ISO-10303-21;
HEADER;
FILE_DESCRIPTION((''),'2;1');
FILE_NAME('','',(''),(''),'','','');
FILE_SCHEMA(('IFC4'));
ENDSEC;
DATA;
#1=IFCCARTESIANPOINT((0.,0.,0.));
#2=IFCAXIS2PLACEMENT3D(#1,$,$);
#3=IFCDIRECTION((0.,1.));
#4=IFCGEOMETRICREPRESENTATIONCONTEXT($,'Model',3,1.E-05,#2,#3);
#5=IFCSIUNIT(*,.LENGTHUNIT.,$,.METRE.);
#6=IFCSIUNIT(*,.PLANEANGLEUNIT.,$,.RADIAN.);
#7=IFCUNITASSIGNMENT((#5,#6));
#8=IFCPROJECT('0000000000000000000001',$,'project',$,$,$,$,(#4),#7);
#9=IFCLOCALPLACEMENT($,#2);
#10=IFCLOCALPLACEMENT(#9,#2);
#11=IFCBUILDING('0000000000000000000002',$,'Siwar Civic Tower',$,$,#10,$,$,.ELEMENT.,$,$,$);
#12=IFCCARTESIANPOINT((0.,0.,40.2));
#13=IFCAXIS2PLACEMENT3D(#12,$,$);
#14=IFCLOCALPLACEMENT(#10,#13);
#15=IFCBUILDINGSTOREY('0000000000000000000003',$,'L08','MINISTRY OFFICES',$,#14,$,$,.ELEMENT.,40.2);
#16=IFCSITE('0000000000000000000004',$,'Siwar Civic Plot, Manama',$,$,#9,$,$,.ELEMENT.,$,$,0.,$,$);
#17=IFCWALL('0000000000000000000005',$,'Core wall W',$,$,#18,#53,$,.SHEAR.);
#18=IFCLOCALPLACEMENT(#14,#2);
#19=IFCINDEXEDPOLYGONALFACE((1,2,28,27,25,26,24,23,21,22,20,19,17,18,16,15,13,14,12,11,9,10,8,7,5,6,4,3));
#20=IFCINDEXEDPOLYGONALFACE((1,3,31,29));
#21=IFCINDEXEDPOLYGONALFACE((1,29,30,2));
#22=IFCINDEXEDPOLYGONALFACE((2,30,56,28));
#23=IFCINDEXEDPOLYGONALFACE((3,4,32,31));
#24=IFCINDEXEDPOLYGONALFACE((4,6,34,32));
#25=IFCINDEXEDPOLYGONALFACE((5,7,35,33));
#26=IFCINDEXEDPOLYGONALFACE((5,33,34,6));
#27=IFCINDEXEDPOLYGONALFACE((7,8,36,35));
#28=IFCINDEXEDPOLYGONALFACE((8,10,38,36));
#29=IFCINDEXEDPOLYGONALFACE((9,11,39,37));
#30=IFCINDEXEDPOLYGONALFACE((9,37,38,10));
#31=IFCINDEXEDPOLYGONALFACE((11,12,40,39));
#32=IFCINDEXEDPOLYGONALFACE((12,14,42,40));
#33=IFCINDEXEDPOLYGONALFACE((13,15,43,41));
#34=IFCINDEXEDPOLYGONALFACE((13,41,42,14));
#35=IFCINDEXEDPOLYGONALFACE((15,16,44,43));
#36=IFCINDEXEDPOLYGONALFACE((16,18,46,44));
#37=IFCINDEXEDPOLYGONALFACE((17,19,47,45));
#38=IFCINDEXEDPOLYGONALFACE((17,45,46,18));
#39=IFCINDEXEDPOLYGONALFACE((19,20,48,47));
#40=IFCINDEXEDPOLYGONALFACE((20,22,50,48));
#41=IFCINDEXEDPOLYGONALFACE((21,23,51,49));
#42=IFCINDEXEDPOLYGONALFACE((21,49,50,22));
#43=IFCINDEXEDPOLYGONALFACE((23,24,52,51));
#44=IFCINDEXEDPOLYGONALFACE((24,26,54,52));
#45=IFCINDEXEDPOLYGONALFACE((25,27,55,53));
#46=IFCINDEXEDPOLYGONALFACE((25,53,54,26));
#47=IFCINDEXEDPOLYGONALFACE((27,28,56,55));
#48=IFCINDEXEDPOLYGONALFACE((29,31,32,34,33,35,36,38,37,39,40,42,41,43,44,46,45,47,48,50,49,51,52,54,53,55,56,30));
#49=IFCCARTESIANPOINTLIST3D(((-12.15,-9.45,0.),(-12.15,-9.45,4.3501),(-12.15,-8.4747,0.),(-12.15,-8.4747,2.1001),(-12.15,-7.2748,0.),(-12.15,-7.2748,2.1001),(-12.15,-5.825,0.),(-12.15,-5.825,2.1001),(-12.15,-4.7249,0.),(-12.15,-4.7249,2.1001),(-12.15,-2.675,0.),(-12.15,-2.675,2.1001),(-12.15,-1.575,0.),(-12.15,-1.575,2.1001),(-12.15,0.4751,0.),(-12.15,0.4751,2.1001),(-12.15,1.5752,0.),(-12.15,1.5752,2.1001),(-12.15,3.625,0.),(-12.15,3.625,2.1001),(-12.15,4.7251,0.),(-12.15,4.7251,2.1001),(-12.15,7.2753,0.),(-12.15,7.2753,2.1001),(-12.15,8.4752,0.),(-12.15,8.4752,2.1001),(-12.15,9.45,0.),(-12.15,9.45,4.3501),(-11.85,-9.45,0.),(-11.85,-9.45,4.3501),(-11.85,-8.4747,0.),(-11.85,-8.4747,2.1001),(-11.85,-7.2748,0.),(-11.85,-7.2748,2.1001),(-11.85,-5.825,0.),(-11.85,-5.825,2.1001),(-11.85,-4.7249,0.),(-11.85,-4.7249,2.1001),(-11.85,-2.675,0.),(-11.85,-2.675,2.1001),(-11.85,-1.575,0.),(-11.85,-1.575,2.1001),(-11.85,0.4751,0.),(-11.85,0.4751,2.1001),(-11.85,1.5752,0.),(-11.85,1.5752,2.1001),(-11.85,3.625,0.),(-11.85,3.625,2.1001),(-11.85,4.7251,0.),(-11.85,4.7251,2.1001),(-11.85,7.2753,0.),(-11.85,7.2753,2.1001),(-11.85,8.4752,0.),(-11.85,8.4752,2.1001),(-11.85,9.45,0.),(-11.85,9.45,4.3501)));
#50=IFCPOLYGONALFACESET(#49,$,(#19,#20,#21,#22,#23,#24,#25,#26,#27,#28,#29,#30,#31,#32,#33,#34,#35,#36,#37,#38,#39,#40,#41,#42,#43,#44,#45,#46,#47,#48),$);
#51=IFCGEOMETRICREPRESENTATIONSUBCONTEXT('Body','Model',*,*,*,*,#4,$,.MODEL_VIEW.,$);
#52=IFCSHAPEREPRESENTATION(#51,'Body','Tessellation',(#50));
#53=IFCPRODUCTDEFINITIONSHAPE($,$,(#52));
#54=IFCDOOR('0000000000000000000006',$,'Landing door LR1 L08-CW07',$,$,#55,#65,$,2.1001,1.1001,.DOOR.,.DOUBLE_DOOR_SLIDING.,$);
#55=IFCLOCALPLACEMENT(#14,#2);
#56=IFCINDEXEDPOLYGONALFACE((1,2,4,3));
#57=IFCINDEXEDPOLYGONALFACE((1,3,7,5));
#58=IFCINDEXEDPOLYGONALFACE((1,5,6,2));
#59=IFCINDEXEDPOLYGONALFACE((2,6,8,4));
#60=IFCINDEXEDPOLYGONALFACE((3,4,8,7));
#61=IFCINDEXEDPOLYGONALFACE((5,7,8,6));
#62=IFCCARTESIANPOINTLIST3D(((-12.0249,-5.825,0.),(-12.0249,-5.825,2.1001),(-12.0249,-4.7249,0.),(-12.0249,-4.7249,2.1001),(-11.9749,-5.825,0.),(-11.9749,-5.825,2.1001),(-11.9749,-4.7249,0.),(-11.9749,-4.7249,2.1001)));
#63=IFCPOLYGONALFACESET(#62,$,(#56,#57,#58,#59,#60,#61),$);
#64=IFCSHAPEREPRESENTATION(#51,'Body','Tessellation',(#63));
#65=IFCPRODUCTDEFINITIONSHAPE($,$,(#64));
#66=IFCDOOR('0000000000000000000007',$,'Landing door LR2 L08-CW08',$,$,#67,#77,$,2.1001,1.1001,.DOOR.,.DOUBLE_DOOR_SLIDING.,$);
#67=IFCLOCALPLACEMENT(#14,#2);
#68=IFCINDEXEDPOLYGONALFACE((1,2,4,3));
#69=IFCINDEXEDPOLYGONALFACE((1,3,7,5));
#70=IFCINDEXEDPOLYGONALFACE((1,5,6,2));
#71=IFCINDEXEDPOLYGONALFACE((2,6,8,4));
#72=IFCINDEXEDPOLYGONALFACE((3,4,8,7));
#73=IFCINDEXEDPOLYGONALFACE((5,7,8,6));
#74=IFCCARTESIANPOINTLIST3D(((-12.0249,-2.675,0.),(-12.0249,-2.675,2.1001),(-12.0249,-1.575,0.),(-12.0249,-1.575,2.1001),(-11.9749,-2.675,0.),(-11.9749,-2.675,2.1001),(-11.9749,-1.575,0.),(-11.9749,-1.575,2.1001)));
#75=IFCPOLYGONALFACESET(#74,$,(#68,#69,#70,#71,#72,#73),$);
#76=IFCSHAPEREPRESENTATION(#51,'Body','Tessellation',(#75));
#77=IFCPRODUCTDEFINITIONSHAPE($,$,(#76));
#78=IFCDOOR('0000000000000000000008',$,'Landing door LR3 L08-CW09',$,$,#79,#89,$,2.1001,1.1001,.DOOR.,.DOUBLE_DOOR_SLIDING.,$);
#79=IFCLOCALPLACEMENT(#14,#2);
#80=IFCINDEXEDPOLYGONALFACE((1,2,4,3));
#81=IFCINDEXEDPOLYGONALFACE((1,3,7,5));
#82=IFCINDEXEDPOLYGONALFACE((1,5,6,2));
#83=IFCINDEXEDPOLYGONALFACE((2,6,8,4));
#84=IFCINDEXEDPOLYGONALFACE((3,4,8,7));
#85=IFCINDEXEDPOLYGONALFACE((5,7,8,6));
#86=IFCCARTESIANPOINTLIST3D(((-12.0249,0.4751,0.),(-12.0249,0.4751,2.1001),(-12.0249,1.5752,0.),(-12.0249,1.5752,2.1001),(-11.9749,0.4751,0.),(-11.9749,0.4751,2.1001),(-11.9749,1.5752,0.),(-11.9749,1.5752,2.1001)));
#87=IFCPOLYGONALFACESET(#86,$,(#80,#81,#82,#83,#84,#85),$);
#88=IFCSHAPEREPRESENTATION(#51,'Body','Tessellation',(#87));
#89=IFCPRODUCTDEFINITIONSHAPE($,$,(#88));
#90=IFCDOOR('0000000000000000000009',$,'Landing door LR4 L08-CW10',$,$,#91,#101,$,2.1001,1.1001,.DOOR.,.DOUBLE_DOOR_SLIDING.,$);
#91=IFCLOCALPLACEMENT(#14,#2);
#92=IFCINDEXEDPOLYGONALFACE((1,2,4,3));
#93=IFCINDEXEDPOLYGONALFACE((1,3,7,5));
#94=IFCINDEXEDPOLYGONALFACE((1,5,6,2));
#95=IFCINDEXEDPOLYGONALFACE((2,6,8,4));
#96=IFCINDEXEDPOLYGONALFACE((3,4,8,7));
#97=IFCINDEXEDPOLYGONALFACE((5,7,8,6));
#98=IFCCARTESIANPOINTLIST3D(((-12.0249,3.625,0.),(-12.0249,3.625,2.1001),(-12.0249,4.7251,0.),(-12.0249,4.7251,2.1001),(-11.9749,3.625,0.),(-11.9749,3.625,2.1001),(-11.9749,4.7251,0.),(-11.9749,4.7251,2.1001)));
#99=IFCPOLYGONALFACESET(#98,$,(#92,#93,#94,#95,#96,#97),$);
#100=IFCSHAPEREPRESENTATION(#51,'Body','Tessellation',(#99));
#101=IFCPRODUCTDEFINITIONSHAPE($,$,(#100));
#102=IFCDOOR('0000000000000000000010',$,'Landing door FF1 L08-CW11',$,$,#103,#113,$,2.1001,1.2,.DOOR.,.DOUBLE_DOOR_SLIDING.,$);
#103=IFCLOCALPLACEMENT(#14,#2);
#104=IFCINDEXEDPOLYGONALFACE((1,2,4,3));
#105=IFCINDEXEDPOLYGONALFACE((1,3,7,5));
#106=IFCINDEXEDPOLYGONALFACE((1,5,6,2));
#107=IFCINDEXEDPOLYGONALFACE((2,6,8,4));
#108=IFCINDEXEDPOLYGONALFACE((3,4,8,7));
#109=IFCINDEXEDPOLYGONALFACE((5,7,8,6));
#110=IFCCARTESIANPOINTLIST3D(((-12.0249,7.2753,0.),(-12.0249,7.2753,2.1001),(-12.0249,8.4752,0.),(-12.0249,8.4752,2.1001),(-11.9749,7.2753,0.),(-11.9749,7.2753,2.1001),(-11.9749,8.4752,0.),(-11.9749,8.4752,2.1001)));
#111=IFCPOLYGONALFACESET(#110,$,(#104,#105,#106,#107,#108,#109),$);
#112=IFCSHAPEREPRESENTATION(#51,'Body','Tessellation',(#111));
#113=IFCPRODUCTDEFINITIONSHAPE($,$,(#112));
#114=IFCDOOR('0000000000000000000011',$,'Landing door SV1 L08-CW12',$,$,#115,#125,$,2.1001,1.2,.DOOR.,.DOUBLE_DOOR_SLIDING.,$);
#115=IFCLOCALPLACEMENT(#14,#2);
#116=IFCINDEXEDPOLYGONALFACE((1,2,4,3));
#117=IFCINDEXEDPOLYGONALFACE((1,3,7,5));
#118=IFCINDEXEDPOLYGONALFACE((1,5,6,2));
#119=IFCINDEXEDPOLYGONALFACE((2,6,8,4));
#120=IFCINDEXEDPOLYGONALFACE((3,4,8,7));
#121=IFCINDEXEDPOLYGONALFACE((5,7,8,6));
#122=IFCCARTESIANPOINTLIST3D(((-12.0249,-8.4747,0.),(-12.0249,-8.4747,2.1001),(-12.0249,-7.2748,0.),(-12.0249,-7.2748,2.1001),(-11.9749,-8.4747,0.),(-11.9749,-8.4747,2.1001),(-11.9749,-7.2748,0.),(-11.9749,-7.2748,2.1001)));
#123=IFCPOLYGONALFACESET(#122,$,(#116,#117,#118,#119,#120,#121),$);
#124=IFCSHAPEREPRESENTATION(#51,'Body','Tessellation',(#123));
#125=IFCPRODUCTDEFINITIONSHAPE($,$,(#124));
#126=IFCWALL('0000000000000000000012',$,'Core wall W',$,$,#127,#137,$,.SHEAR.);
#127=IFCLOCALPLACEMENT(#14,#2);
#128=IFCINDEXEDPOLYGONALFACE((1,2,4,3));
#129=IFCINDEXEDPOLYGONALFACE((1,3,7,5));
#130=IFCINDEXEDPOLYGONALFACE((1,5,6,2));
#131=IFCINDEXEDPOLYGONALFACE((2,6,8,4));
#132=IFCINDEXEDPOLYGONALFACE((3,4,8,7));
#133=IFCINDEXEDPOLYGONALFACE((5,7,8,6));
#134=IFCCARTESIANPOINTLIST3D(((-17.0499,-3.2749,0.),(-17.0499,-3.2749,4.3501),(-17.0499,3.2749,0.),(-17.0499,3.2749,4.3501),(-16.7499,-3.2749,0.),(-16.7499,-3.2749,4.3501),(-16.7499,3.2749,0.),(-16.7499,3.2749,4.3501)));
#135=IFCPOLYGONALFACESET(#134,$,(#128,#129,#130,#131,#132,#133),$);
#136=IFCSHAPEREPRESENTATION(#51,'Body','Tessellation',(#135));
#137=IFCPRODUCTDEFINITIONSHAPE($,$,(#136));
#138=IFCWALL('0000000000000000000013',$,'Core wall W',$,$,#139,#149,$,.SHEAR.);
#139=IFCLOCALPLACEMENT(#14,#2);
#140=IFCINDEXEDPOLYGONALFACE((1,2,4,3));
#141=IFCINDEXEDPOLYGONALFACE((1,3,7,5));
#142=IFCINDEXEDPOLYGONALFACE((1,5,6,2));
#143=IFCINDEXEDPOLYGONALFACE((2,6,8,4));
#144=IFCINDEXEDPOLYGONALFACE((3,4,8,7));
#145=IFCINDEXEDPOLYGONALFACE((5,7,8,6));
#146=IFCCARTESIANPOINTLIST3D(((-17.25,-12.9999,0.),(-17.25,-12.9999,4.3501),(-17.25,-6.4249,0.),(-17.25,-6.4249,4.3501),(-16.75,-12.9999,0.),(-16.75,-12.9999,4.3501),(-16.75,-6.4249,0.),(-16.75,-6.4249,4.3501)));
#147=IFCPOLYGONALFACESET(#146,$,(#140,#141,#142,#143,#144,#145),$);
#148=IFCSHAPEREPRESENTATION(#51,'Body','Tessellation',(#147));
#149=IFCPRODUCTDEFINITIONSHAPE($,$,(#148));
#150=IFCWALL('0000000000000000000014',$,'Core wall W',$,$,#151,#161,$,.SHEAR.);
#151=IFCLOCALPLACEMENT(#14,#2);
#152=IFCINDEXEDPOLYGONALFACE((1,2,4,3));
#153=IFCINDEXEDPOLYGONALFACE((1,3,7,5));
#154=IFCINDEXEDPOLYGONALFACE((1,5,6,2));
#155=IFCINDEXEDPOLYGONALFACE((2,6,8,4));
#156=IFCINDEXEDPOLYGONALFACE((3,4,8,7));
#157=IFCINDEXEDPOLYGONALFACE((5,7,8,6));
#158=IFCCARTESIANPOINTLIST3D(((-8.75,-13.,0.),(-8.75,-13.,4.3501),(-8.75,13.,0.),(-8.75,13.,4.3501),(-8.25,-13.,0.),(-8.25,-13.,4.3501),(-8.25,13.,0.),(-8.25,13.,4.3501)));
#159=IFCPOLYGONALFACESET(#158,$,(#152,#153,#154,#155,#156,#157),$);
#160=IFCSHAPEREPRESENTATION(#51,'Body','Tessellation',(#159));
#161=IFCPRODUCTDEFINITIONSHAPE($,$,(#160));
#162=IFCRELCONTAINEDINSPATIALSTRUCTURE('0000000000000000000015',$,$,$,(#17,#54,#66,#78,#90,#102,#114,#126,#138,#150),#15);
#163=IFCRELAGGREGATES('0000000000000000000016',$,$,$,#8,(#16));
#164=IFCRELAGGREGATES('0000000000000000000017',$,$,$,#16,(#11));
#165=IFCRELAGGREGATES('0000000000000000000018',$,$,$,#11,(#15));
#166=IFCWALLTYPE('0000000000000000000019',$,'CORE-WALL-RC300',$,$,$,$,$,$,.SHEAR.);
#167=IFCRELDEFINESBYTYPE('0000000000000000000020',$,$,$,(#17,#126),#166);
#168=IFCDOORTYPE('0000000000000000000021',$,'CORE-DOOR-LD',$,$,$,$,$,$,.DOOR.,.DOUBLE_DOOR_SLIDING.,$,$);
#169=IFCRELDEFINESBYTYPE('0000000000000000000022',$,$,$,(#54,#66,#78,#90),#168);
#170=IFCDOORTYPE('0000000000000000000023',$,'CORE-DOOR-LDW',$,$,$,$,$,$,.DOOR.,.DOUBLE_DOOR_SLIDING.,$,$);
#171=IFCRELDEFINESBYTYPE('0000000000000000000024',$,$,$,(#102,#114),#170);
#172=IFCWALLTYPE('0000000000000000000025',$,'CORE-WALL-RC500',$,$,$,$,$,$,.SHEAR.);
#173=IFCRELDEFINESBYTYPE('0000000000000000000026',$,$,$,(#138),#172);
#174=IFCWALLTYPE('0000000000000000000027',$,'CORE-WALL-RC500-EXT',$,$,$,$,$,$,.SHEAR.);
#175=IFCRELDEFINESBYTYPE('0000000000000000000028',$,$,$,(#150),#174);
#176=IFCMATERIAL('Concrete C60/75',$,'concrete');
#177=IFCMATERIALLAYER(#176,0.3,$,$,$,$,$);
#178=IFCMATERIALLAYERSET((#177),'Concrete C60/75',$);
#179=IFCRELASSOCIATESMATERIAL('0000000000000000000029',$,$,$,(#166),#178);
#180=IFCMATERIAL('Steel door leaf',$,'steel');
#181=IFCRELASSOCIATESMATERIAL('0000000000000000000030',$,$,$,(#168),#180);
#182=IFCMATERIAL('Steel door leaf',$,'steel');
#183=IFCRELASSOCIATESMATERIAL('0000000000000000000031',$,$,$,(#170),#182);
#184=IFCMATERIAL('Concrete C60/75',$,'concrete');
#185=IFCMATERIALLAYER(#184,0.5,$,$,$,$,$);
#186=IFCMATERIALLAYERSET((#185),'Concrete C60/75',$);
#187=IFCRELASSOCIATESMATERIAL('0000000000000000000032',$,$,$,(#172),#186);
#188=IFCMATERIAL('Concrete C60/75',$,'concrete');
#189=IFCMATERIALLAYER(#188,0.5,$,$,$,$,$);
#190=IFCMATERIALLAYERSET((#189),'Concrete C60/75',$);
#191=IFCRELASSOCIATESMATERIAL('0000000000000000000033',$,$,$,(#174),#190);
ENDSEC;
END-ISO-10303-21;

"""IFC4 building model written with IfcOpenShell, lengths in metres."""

from ifc_helpers import new_model, si_unit, direction, frame, frame_2d, origin, place, context, subcontext, project, spatial, rectangle, extrude, material, layer, layer_set, type_object, element, fill, save


model = new_model("IFC4")

# Units and contexts
model_context = context("Model", 3, precision=1e-05, world=origin(), true_north=direction((0.0, 1.0)))
body_context = subcontext(model_context, "Body", "Model", "MODEL_VIEW")
ifc_project = project(units=[si_unit("LENGTHUNIT", "METRE"), si_unit("PLANEANGLEUNIT", "RADIAN")], contexts=[model_context])

# Site, building, storey
site_placement = place(None, origin())
site = spatial("IfcSite", under=ifc_project, at=site_placement, Name="Siwar Civic Plot, Manama", CompositionType="ELEMENT", RefElevation=0.0)
building_placement = place(site_placement, origin())
building = spatial("IfcBuilding", under=site, at=building_placement, Name="Siwar Civic Tower", CompositionType="ELEMENT")
storey_placement = place(building_placement, frame((0.0, 0.0, 40.2)))
storey = spatial("IfcBuildingStorey", under=building, at=storey_placement, Name="L08", Description="MINISTRY OFFICES", CompositionType="ELEMENT", Elevation=40.2)

# Wall, openings, doors
ifc_material_1 = material(Name="Concrete C60/75", Category="concrete")
ifc_layer_1 = layer(ifc_material_1, 0.3)
ifc_layer_set_1 = layer_set([ifc_layer_1], Name="Concrete C60/75")
wall_type_1 = type_object("IfcWallType", Name="CORE-WALL-RC300", PredefinedType="SHEAR", material=ifc_layer_set_1)
wall_1_placement = place(storey_placement, frame((-12.0, -9.45, 0.0), z_axis=(0.0, 0.0, 1.0), x_axis=(0.0, 1.0, 0.0)))
wall_1 = element("IfcWall", 1, at=wall_1_placement, inside=storey, type_object=wall_type_1, Name="Core wall W", PredefinedType="SHEAR", context=body_context, shape_type="SweptSolid", body=[
    extrude(rectangle(XDim=18.8999, YDim=0.3, at=frame_2d((9.45, 0.0))), origin(), (0.0, 0.0, 1.0), 4.3501),
])
opening_1_placement = place(wall_1_placement, frame((3.625, 0.0, 0.0)))
opening_1 = element("IfcOpeningElement", 2, at=opening_1_placement, cuts=wall_1, PredefinedType="OPENING", context=body_context, shape_type="SweptSolid", body=[
    extrude(rectangle(XDim=1.1001, YDim=2.1001, at=frame_2d((0.55, 1.05))), frame((0.0, 0.1602, 0.0), z_axis=(0.0, -1.0, 0.0), x_axis=(1.0, 0.0, 0.0)), (0.0, 0.0, 1.0), 0.3201),
])
opening_2_placement = place(wall_1_placement, frame((6.7749, 0.0, 0.0)))
opening_2 = element("IfcOpeningElement", 3, at=opening_2_placement, cuts=wall_1, PredefinedType="OPENING", context=body_context, shape_type="SweptSolid", body=[
    extrude(rectangle(XDim=1.1001, YDim=2.1001, at=frame_2d((0.55, 1.05))), frame((0.0, 0.1602, 0.0), z_axis=(0.0, -1.0, 0.0), x_axis=(1.0, 0.0, 0.0)), (0.0, 0.0, 1.0), 0.3201),
])
opening_3_placement = place(wall_1_placement, frame((9.925, 0.0, 0.0)))
opening_3 = element("IfcOpeningElement", 4, at=opening_3_placement, cuts=wall_1, PredefinedType="OPENING", context=body_context, shape_type="SweptSolid", body=[
    extrude(rectangle(XDim=1.1001, YDim=2.1001, at=frame_2d((0.55, 1.05))), frame((0.0, 0.1602, 0.0), z_axis=(0.0, -1.0, 0.0), x_axis=(1.0, 0.0, 0.0)), (0.0, 0.0, 1.0), 0.3201),
])
opening_4_placement = place(wall_1_placement, frame((13.075, 0.0, 0.0)))
opening_4 = element("IfcOpeningElement", 5, at=opening_4_placement, cuts=wall_1, PredefinedType="OPENING", context=body_context, shape_type="SweptSolid", body=[
    extrude(rectangle(XDim=1.1001, YDim=2.1001, at=frame_2d((0.55, 1.05))), frame((0.0, 0.1602, 0.0), z_axis=(0.0, -1.0, 0.0), x_axis=(1.0, 0.0, 0.0)), (0.0, 0.0, 1.0), 0.3201),
])
opening_5_placement = place(wall_1_placement, frame((16.7251, 0.0, 0.0)))
opening_5 = element("IfcOpeningElement", 6, at=opening_5_placement, cuts=wall_1, PredefinedType="OPENING", context=body_context, shape_type="SweptSolid", body=[
    extrude(rectangle(XDim=1.2, YDim=2.1001, at=frame_2d((0.6001, 1.05))), frame((0.0, 0.1602, 0.0), z_axis=(0.0, -1.0, 0.0), x_axis=(1.0, 0.0, 0.0)), (0.0, 0.0, 1.0), 0.3201),
])
opening_6_placement = place(wall_1_placement, frame((0.9751, 0.0, 0.0)))
opening_6 = element("IfcOpeningElement", 7, at=opening_6_placement, cuts=wall_1, PredefinedType="OPENING", context=body_context, shape_type="SweptSolid", body=[
    extrude(rectangle(XDim=1.2, YDim=2.1001, at=frame_2d((0.6001, 1.05))), frame((0.0, 0.1602, 0.0), z_axis=(0.0, -1.0, 0.0), x_axis=(1.0, 0.0, 0.0)), (0.0, 0.0, 1.0), 0.3201),
])
ifc_material_2 = material(Name="Steel door leaf", Category="steel")
door_type_1 = type_object("IfcDoorType", Name="CORE-DOOR-LD", OperationType="DOUBLE_DOOR_SLIDING", PredefinedType="DOOR", material=ifc_material_2)
door_1_placement = place(opening_1_placement, origin())
door_1 = element("IfcDoor", 8, at=door_1_placement, inside=storey, type_object=door_type_1, Name="Landing door LR1 L08-CW07", OperationType="DOUBLE_DOOR_SLIDING", OverallHeight=2.1001, OverallWidth=1.1001, PredefinedType="DOOR", context=body_context, shape_type="SweptSolid", body=[
    extrude(rectangle(XDim=1.1001, YDim=2.1001, at=frame_2d((0.55, 1.05))), frame((0.0, 0.0249, 0.0), z_axis=(0.0, -1.0, 0.0), x_axis=(1.0, 0.0, 0.0)), (0.0, 0.0, 1.0), 0.05),
])
fill(opening_1, door_1)
door_2_placement = place(opening_2_placement, origin())
door_2 = element("IfcDoor", 9, at=door_2_placement, inside=storey, type_object=door_type_1, Name="Landing door LR2 L08-CW08", OperationType="DOUBLE_DOOR_SLIDING", OverallHeight=2.1001, OverallWidth=1.1001, PredefinedType="DOOR", context=body_context, shape_type="SweptSolid", body=[
    extrude(rectangle(XDim=1.1001, YDim=2.1001, at=frame_2d((0.55, 1.05))), frame((0.0, 0.0249, 0.0), z_axis=(0.0, -1.0, 0.0), x_axis=(1.0, 0.0, 0.0)), (0.0, 0.0, 1.0), 0.05),
])
fill(opening_2, door_2)
door_3_placement = place(opening_3_placement, origin())
door_3 = element("IfcDoor", 10, at=door_3_placement, inside=storey, type_object=door_type_1, Name="Landing door LR3 L08-CW09", OperationType="DOUBLE_DOOR_SLIDING", OverallHeight=2.1001, OverallWidth=1.1001, PredefinedType="DOOR", context=body_context, shape_type="SweptSolid", body=[
    extrude(rectangle(XDim=1.1001, YDim=2.1001, at=frame_2d((0.55, 1.05))), frame((0.0, 0.0249, 0.0), z_axis=(0.0, -1.0, 0.0), x_axis=(1.0, 0.0, 0.0)), (0.0, 0.0, 1.0), 0.05),
])
fill(opening_3, door_3)
door_4_placement = place(opening_4_placement, origin())
door_4 = element("IfcDoor", 11, at=door_4_placement, inside=storey, type_object=door_type_1, Name="Landing door LR4 L08-CW10", OperationType="DOUBLE_DOOR_SLIDING", OverallHeight=2.1001, OverallWidth=1.1001, PredefinedType="DOOR", context=body_context, shape_type="SweptSolid", body=[
    extrude(rectangle(XDim=1.1001, YDim=2.1001, at=frame_2d((0.55, 1.05))), frame((0.0, 0.0249, 0.0), z_axis=(0.0, -1.0, 0.0), x_axis=(1.0, 0.0, 0.0)), (0.0, 0.0, 1.0), 0.05),
])
fill(opening_4, door_4)
ifc_material_3 = material(Name="Steel door leaf", Category="steel")
door_type_2 = type_object("IfcDoorType", Name="CORE-DOOR-LDW", OperationType="DOUBLE_DOOR_SLIDING", PredefinedType="DOOR", material=ifc_material_3)
door_5_placement = place(opening_5_placement, origin())
door_5 = element("IfcDoor", 12, at=door_5_placement, inside=storey, type_object=door_type_2, Name="Landing door FF1 L08-CW11", OperationType="DOUBLE_DOOR_SLIDING", OverallHeight=2.1001, OverallWidth=1.2, PredefinedType="DOOR", context=body_context, shape_type="SweptSolid", body=[
    extrude(rectangle(XDim=1.2, YDim=2.1001, at=frame_2d((0.6001, 1.05))), frame((0.0, 0.0249, 0.0), z_axis=(0.0, -1.0, 0.0), x_axis=(1.0, 0.0, 0.0)), (0.0, 0.0, 1.0), 0.05),
])
fill(opening_5, door_5)
door_6_placement = place(opening_6_placement, origin())
door_6 = element("IfcDoor", 13, at=door_6_placement, inside=storey, type_object=door_type_2, Name="Landing door SV1 L08-CW12", OperationType="DOUBLE_DOOR_SLIDING", OverallHeight=2.1001, OverallWidth=1.2, PredefinedType="DOOR", context=body_context, shape_type="SweptSolid", body=[
    extrude(rectangle(XDim=1.2, YDim=2.1001, at=frame_2d((0.6001, 1.05))), frame((0.0, 0.0249, 0.0), z_axis=(0.0, -1.0, 0.0), x_axis=(1.0, 0.0, 0.0)), (0.0, 0.0, 1.0), 0.05),
])
fill(opening_6, door_6)

# Walls
wall_2_placement = place(storey_placement, frame((-16.8999, -3.2749, 0.0), z_axis=(0.0, 0.0, 1.0), x_axis=(0.0, 1.0, 0.0)))
element("IfcWall", 14, at=wall_2_placement, inside=storey, type_object=wall_type_1, Name="Core wall W", PredefinedType="SHEAR", context=body_context, shape_type="SweptSolid", body=[
    extrude(rectangle(XDim=6.5498, YDim=0.3, at=frame_2d((3.2749, 0.0))), origin(), (0.0, 0.0, 1.0), 4.3501),
])
ifc_material_4 = material(Name="Concrete C60/75", Category="concrete")
ifc_layer_2 = layer(ifc_material_4, 0.5)
ifc_layer_set_2 = layer_set([ifc_layer_2], Name="Concrete C60/75")
wall_type_2 = type_object("IfcWallType", Name="CORE-WALL-RC500", PredefinedType="SHEAR", material=ifc_layer_set_2)
wall_3_placement = place(storey_placement, frame((-17.0, -13.0, 0.0), z_axis=(0.0, 0.0, 1.0), x_axis=(0.0, 1.0, 0.0)))
element("IfcWall", 15, at=wall_3_placement, inside=storey, type_object=wall_type_2, Name="Core wall W", PredefinedType="SHEAR", context=body_context, shape_type="SweptSolid", body=[
    extrude(rectangle(XDim=6.575, YDim=0.5, at=frame_2d((3.2876, 0.0))), origin(), (0.0, 0.0, 1.0), 4.3501),
])
ifc_material_5 = material(Name="Concrete C60/75", Category="concrete")
ifc_layer_3 = layer(ifc_material_5, 0.5)
ifc_layer_set_3 = layer_set([ifc_layer_3], Name="Concrete C60/75")
wall_type_3 = type_object("IfcWallType", Name="CORE-WALL-RC500-EXT", PredefinedType="SHEAR", material=ifc_layer_set_3)
wall_4_placement = place(storey_placement, frame((-8.5, -13.0, 0.0), z_axis=(0.0, 0.0, 1.0), x_axis=(0.0, 1.0, 0.0)))
element("IfcWall", 16, at=wall_4_placement, inside=storey, type_object=wall_type_3, Name="Core wall W", PredefinedType="SHEAR", context=body_context, shape_type="SweptSolid", body=[
    extrude(rectangle(XDim=26.0, YDim=0.5, at=frame_2d((13.0, 0.0))), origin(), (0.0, 0.0, 1.0), 4.3501),
])

save(model, "model.ifc")
